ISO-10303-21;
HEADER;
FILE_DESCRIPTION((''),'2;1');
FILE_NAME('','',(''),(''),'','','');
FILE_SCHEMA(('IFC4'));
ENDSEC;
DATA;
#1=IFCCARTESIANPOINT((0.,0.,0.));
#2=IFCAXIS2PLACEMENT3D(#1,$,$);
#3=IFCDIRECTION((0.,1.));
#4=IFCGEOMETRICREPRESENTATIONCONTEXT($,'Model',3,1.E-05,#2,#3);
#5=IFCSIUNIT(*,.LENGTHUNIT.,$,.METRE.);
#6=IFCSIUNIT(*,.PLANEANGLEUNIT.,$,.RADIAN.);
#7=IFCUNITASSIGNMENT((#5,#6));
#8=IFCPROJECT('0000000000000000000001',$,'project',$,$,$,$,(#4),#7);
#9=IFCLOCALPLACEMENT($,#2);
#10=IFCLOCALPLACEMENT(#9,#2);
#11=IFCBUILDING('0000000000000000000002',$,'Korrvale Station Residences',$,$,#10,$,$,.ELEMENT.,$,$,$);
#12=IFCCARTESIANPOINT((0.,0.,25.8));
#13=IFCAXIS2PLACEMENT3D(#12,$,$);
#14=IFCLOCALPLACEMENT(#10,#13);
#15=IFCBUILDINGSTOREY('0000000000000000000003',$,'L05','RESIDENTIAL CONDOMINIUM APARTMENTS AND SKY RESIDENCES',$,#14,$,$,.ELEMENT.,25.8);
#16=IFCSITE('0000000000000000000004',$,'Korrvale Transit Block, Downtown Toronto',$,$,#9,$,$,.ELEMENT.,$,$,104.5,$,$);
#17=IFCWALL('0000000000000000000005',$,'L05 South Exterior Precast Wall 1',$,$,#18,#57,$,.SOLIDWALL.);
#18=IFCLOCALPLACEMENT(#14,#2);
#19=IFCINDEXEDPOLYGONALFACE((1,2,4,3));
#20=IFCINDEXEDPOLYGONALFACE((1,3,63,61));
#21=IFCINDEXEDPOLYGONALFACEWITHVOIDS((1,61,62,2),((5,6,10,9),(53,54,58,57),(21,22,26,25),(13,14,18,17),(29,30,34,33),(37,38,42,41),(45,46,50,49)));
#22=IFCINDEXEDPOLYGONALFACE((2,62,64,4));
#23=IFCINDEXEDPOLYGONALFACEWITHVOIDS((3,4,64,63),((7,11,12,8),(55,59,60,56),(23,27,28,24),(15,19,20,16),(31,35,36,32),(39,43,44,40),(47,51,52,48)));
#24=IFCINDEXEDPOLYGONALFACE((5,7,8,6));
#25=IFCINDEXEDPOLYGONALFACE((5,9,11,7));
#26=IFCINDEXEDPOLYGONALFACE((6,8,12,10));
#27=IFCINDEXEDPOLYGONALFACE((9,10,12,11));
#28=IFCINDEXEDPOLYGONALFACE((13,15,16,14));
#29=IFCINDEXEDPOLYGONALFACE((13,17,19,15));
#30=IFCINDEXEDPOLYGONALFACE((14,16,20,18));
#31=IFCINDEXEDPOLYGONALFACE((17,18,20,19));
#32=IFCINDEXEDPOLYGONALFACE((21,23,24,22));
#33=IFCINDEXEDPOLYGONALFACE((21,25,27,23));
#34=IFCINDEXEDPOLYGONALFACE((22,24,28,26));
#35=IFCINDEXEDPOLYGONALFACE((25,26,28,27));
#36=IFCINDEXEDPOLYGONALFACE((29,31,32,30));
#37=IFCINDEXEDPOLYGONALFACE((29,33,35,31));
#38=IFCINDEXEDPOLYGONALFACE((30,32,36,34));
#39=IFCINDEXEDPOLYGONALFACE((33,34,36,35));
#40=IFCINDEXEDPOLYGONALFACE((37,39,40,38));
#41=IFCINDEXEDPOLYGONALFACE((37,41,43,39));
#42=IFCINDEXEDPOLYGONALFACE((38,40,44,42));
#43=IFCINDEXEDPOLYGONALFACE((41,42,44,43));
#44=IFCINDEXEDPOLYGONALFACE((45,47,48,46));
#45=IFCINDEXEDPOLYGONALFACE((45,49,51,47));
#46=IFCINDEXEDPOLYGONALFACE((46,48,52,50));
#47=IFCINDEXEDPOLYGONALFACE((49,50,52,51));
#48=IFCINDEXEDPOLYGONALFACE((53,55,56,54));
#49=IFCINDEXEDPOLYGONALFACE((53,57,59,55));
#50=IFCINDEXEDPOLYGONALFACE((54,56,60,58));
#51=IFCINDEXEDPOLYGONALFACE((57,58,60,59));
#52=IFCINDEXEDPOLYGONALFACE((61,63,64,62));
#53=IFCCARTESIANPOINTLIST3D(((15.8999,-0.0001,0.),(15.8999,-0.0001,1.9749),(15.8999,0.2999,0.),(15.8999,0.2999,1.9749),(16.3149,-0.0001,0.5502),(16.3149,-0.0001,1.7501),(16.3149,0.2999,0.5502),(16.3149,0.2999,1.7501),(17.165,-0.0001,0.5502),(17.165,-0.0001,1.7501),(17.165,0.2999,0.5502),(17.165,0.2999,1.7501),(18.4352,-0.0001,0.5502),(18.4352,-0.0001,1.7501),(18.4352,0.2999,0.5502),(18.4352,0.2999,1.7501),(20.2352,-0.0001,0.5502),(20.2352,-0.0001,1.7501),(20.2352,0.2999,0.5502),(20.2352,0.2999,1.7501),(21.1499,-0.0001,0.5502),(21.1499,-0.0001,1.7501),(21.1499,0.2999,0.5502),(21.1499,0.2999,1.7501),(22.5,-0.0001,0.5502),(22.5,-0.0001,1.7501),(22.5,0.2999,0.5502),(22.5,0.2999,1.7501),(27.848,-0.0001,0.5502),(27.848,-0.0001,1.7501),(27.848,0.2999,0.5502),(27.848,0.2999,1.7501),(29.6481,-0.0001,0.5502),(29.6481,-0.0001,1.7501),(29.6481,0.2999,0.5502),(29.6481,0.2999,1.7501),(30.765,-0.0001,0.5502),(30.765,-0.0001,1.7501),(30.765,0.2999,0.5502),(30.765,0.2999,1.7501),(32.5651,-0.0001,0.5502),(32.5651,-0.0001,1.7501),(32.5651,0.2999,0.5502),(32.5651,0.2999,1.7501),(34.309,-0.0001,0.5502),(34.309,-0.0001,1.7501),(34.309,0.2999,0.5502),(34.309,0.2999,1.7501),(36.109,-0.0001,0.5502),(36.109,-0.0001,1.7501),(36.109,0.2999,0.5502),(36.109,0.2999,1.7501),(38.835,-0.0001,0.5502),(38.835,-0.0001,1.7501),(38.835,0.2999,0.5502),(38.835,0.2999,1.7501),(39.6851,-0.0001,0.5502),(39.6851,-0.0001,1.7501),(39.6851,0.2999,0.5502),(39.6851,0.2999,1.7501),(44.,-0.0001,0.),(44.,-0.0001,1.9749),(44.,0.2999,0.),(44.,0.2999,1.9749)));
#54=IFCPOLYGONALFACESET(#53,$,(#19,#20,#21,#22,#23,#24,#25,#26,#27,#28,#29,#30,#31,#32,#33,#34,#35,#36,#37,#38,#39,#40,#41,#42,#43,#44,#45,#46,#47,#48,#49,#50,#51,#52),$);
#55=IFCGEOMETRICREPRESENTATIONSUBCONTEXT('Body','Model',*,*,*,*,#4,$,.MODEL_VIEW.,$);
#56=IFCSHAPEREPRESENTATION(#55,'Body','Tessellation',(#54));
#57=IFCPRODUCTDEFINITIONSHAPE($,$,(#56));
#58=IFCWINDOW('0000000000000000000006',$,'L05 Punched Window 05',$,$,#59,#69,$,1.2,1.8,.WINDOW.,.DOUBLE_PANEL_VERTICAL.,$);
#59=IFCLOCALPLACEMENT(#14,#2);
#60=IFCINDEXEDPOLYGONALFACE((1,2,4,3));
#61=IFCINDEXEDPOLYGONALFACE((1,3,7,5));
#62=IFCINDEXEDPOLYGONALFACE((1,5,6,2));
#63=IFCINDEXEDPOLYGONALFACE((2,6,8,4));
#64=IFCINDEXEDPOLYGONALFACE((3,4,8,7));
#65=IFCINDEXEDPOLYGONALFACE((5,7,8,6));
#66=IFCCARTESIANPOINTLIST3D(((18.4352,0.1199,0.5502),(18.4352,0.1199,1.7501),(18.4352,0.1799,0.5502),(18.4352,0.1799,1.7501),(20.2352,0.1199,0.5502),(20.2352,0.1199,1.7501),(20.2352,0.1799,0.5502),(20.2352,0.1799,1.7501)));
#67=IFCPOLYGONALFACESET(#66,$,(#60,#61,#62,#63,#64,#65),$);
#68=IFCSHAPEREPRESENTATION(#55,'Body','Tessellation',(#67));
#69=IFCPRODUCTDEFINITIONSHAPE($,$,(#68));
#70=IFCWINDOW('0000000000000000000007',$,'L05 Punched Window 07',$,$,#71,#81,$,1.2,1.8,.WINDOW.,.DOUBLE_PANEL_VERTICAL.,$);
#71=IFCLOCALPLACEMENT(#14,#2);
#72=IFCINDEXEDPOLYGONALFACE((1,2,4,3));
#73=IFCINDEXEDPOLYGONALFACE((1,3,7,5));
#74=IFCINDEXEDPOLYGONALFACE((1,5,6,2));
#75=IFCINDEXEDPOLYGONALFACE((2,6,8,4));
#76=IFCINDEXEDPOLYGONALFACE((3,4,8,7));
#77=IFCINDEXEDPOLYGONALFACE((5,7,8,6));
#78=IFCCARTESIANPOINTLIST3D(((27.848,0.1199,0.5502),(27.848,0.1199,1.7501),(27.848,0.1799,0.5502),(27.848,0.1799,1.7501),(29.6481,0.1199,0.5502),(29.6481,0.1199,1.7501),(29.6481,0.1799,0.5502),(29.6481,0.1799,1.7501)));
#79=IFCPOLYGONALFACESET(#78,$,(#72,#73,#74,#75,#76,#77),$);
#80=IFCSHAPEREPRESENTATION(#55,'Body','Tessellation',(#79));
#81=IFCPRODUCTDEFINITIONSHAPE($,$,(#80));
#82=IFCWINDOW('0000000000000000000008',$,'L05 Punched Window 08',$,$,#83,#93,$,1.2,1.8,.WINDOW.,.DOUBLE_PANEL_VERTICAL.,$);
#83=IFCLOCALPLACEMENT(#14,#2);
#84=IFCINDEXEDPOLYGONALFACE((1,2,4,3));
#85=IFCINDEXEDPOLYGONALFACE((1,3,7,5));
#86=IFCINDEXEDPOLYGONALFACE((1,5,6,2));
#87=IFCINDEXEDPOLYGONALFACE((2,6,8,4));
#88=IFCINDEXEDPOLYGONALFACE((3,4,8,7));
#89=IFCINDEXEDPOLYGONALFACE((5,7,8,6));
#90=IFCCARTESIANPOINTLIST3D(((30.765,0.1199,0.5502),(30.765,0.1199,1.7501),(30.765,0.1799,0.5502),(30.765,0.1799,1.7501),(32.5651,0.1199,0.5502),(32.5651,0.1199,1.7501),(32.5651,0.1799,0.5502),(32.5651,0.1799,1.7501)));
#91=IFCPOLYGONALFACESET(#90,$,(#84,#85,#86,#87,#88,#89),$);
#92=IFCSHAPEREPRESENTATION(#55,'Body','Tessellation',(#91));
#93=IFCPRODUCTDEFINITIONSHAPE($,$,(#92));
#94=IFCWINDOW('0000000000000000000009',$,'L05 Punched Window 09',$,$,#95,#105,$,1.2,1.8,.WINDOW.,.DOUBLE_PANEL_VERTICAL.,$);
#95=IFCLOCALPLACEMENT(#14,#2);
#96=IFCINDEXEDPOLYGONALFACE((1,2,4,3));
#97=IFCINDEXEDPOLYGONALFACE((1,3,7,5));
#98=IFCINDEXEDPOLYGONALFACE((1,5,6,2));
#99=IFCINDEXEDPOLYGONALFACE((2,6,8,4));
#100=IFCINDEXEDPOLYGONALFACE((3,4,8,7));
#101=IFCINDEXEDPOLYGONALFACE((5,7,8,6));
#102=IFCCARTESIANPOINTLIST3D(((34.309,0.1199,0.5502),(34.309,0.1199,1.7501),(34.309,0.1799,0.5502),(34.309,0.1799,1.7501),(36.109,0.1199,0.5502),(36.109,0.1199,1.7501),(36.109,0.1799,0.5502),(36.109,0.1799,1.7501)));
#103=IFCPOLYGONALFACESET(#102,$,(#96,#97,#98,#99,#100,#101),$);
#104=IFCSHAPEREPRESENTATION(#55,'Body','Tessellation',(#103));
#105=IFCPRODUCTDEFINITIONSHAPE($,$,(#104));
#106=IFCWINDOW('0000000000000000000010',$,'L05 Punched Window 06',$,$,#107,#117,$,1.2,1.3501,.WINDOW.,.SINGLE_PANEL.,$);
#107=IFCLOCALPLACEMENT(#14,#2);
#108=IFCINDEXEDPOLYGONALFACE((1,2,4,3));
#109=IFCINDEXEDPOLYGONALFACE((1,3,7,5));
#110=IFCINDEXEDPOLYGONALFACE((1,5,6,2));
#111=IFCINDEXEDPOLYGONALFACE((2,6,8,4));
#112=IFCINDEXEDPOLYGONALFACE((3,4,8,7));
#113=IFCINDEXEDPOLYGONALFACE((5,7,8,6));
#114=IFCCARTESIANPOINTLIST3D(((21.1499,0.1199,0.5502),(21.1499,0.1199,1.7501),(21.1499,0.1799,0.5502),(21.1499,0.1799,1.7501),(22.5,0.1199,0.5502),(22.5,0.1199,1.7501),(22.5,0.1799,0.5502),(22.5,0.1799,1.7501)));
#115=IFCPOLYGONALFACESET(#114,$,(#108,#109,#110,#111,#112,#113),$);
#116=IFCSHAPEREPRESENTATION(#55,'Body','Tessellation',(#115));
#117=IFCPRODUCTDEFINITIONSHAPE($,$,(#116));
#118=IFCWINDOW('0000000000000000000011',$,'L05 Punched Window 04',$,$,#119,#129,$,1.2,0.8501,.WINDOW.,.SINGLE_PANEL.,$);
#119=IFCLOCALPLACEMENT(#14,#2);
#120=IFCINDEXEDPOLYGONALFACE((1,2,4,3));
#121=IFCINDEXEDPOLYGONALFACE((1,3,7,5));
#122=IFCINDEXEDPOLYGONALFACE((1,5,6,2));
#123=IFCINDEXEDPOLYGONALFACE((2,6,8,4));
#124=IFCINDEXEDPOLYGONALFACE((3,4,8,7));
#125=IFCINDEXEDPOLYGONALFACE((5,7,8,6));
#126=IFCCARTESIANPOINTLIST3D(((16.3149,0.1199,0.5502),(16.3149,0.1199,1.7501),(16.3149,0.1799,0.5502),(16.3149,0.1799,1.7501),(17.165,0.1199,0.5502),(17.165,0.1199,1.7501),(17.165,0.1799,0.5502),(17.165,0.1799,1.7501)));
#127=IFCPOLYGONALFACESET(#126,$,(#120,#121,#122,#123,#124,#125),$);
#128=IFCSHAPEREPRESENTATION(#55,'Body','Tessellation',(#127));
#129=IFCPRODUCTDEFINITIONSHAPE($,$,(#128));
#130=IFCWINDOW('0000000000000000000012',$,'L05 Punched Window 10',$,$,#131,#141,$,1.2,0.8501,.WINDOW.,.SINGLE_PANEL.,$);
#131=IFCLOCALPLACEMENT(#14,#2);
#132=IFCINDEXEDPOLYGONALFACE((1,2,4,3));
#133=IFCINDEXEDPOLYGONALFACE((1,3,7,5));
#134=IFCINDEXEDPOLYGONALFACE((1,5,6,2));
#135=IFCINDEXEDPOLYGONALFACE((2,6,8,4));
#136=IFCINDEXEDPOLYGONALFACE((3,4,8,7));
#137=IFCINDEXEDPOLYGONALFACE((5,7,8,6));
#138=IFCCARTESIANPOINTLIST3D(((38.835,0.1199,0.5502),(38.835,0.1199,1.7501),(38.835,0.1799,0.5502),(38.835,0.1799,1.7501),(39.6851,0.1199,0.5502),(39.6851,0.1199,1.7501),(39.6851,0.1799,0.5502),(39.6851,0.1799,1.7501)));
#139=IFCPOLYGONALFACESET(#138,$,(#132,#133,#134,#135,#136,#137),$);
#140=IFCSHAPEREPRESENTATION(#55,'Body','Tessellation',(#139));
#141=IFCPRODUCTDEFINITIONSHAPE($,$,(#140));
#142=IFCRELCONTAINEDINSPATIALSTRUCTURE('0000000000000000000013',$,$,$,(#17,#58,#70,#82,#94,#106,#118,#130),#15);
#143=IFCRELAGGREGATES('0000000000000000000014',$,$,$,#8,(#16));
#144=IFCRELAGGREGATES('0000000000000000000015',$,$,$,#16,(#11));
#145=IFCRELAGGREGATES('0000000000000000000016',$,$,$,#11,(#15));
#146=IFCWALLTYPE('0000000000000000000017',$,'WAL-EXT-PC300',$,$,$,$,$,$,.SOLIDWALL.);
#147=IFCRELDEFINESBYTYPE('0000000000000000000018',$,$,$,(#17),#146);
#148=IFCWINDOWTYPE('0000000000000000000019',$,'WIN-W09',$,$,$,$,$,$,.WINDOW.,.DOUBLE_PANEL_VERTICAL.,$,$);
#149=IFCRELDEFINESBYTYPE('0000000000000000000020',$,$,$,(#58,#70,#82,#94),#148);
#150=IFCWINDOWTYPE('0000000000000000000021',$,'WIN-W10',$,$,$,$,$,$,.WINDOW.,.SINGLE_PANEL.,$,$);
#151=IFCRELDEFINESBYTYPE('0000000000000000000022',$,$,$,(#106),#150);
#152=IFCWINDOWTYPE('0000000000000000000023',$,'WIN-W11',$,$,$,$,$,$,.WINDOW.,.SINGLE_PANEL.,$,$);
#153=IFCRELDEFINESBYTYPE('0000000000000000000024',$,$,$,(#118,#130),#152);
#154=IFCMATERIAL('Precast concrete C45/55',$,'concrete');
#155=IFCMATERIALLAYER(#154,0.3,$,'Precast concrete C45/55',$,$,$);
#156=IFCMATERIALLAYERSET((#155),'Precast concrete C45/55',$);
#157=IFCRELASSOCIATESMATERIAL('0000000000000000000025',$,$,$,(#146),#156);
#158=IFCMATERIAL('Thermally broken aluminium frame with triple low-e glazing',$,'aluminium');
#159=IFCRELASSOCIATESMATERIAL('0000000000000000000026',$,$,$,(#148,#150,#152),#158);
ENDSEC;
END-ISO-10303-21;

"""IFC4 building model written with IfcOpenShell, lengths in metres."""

from ifc_helpers import new_model, si_unit, direction, frame, frame_2d, origin, place, context, subcontext, project, spatial, rectangle, extrude, material, layer, layer_set, type_object, element, fill, save


model = new_model("IFC4")

# Units and contexts
model_context = context("Model", 3, precision=1e-05, world=origin(), true_north=direction((0.0, 1.0)))
body_context = subcontext(model_context, "Body", "Model", "MODEL_VIEW")
ifc_project = project(units=[si_unit("LENGTHUNIT", "METRE"), si_unit("PLANEANGLEUNIT", "RADIAN")], contexts=[model_context])

# Site, building, storey
site_placement = place(None, origin())
site = spatial("IfcSite", under=ifc_project, at=site_placement, Name="Korrvale Transit Block, Downtown Toronto", CompositionType="ELEMENT", RefElevation=104.5)
building_placement = place(site_placement, origin())
building = spatial("IfcBuilding", under=site, at=building_placement, Name="Korrvale Station Residences", CompositionType="ELEMENT")
storey_placement = place(building_placement, frame((0.0, 0.0, 25.8)))
storey = spatial("IfcBuildingStorey", under=building, at=storey_placement, Name="L05", Description="RESIDENTIAL CONDOMINIUM APARTMENTS AND SKY RESIDENCES", CompositionType="ELEMENT", Elevation=25.8)

# Wall, openings, windows
ifc_material_1 = material(Name="Precast concrete C45/55", Category="concrete")
ifc_layer_1 = layer(ifc_material_1, 0.3, Name="Precast concrete C45/55")
ifc_layer_set_1 = layer_set([ifc_layer_1], Name="Precast concrete C45/55")
wall_type_1 = type_object("IfcWallType", Name="WAL-EXT-PC300", PredefinedType="SOLIDWALL", material=ifc_layer_set_1)
wall_1_placement = place(storey_placement, frame((44.0, 0.1499, 0.0), z_axis=(0.0, 0.0, 1.0), x_axis=(-1.0, 0.0, 0.0)))
wall_1 = element("IfcWall", 1, at=wall_1_placement, inside=storey, type_object=wall_type_1, Name="L05 South Exterior Precast Wall 1", PredefinedType="SOLIDWALL", context=body_context, shape_type="SweptSolid", body=[
    extrude(rectangle(XDim=28.1001, YDim=0.3, at=frame_2d((14.05, 0.0))), origin(), (0.0, 0.0, 1.0), 1.9749),
])
opening_1_placement = place(wall_1_placement, frame((26.835, 0.0, 0.55)))
opening_1 = element("IfcOpeningElement", 2, at=opening_1_placement, cuts=wall_1, PredefinedType="OPENING", context=body_context, shape_type="SweptSolid", body=[
    extrude(rectangle(XDim=0.8501, YDim=1.2, at=frame_2d((0.425, 0.6001))), frame((0.0, 0.1602, 0.0), z_axis=(0.0, -1.0, 0.0), x_axis=(1.0, 0.0, 0.0)), (0.0, 0.0, 1.0), 0.3201),
])
opening_2_placement = place(wall_1_placement, frame((23.7649, 0.0, 0.55)))
opening_2 = element("IfcOpeningElement", 3, at=opening_2_placement, cuts=wall_1, PredefinedType="OPENING", context=body_context, shape_type="SweptSolid", body=[
    extrude(rectangle(XDim=1.8, YDim=1.2, at=frame_2d((0.8999, 0.6001))), frame((0.0, 0.1602, 0.0), z_axis=(0.0, -1.0, 0.0), x_axis=(1.0, 0.0, 0.0)), (0.0, 0.0, 1.0), 0.3201),
])
opening_3_placement = place(wall_1_placement, frame((21.5, 0.0, 0.55)))
opening_3 = element("IfcOpeningElement", 4, at=opening_3_placement, cuts=wall_1, PredefinedType="OPENING", context=body_context, shape_type="SweptSolid", body=[
    extrude(rectangle(XDim=1.3501, YDim=1.2, at=frame_2d((0.675, 0.6001))), frame((0.0, 0.1602, 0.0), z_axis=(0.0, -1.0, 0.0), x_axis=(1.0, 0.0, 0.0)), (0.0, 0.0, 1.0), 0.3201),
])
opening_4_placement = place(wall_1_placement, frame((14.3521, 0.0, 0.55)))
opening_4 = element("IfcOpeningElement", 5, at=opening_4_placement, cuts=wall_1, PredefinedType="OPENING", context=body_context, shape_type="SweptSolid", body=[
    extrude(rectangle(XDim=1.8, YDim=1.2, at=frame_2d((0.8999, 0.6001))), frame((0.0, 0.1602, 0.0), z_axis=(0.0, -1.0, 0.0), x_axis=(1.0, 0.0, 0.0)), (0.0, 0.0, 1.0), 0.3201),
])
opening_5_placement = place(wall_1_placement, frame((11.4351, 0.0, 0.55)))
opening_5 = element("IfcOpeningElement", 6, at=opening_5_placement, cuts=wall_1, PredefinedType="OPENING", context=body_context, shape_type="SweptSolid", body=[
    extrude(rectangle(XDim=1.8, YDim=1.2, at=frame_2d((0.8999, 0.6001))), frame((0.0, 0.1602, 0.0), z_axis=(0.0, -1.0, 0.0), x_axis=(1.0, 0.0, 0.0)), (0.0, 0.0, 1.0), 0.3201),
])
opening_6_placement = place(wall_1_placement, frame((7.8911, 0.0, 0.55)))
opening_6 = element("IfcOpeningElement", 7, at=opening_6_placement, cuts=wall_1, PredefinedType="OPENING", context=body_context, shape_type="SweptSolid", body=[
    extrude(rectangle(XDim=1.8, YDim=1.2, at=frame_2d((0.8999, 0.6001))), frame((0.0, 0.1602, 0.0), z_axis=(0.0, -1.0, 0.0), x_axis=(1.0, 0.0, 0.0)), (0.0, 0.0, 1.0), 0.3201),
])
opening_7_placement = place(wall_1_placement, frame((4.3149, 0.0, 0.55)))
opening_7 = element("IfcOpeningElement", 8, at=opening_7_placement, cuts=wall_1, PredefinedType="OPENING", context=body_context, shape_type="SweptSolid", body=[
    extrude(rectangle(XDim=0.8501, YDim=1.2, at=frame_2d((0.425, 0.6001))), frame((0.0, 0.1602, 0.0), z_axis=(0.0, -1.0, 0.0), x_axis=(1.0, 0.0, 0.0)), (0.0, 0.0, 1.0), 0.3201),
])
ifc_material_2 = material(Name="Thermally broken aluminium frame with triple low-e glazing", Category="aluminium")
window_type_1 = type_object("IfcWindowType", Name="WIN-W09", PartitioningType="DOUBLE_PANEL_VERTICAL", PredefinedType="WINDOW", material=ifc_material_2)
window_1_placement = place(opening_2_placement, origin())
window_1 = element("IfcWindow", 9, at=window_1_placement, inside=storey, type_object=window_type_1, Name="L05 Punched Window 05", OverallHeight=1.2, OverallWidth=1.8, PartitioningType="DOUBLE_PANEL_VERTICAL", PredefinedType="WINDOW", context=body_context, shape_type="SweptSolid", body=[
    extrude(rectangle(XDim=1.8, YDim=1.2, at=frame_2d((0.8999, 0.6001))), frame((0.0, 0.03, 0.0), z_axis=(0.0, -1.0, 0.0), x_axis=(1.0, 0.0, 0.0)), (0.0, 0.0, 1.0), 0.0601),
])
fill(opening_2, window_1)
window_2_placement = place(opening_4_placement, origin())
window_2 = element("IfcWindow", 10, at=window_2_placement, inside=storey, type_object=window_type_1, Name="L05 Punched Window 07", OverallHeight=1.2, OverallWidth=1.8, PartitioningType="DOUBLE_PANEL_VERTICAL", PredefinedType="WINDOW", context=body_context, shape_type="SweptSolid", body=[
    extrude(rectangle(XDim=1.8, YDim=1.2, at=frame_2d((0.8999, 0.6001))), frame((0.0, 0.03, 0.0), z_axis=(0.0, -1.0, 0.0), x_axis=(1.0, 0.0, 0.0)), (0.0, 0.0, 1.0), 0.0601),
])
fill(opening_4, window_2)
window_3_placement = place(opening_5_placement, origin())
window_3 = element("IfcWindow", 11, at=window_3_placement, inside=storey, type_object=window_type_1, Name="L05 Punched Window 08", OverallHeight=1.2, OverallWidth=1.8, PartitioningType="DOUBLE_PANEL_VERTICAL", PredefinedType="WINDOW", context=body_context, shape_type="SweptSolid", body=[
    extrude(rectangle(XDim=1.8, YDim=1.2, at=frame_2d((0.8999, 0.6001))), frame((0.0, 0.03, 0.0), z_axis=(0.0, -1.0, 0.0), x_axis=(1.0, 0.0, 0.0)), (0.0, 0.0, 1.0), 0.0601),
])
fill(opening_5, window_3)
window_4_placement = place(opening_6_placement, origin())
window_4 = element("IfcWindow", 12, at=window_4_placement, inside=storey, type_object=window_type_1, Name="L05 Punched Window 09", OverallHeight=1.2, OverallWidth=1.8, PartitioningType="DOUBLE_PANEL_VERTICAL", PredefinedType="WINDOW", context=body_context, shape_type="SweptSolid", body=[
    extrude(rectangle(XDim=1.8, YDim=1.2, at=frame_2d((0.8999, 0.6001))), frame((0.0, 0.03, 0.0), z_axis=(0.0, -1.0, 0.0), x_axis=(1.0, 0.0, 0.0)), (0.0, 0.0, 1.0), 0.0601),
])
fill(opening_6, window_4)
window_type_2 = type_object("IfcWindowType", Name="WIN-W10", PartitioningType="SINGLE_PANEL", PredefinedType="WINDOW", material=ifc_material_2)
window_5_placement = place(opening_3_placement, origin())
window_5 = element("IfcWindow", 13, at=window_5_placement, inside=storey, type_object=window_type_2, Name="L05 Punched Window 06", OverallHeight=1.2, OverallWidth=1.3501, PartitioningType="SINGLE_PANEL", PredefinedType="WINDOW", context=body_context, shape_type="SweptSolid", body=[
    extrude(rectangle(XDim=1.3501, YDim=1.2, at=frame_2d((0.675, 0.6001))), frame((0.0, 0.03, 0.0), z_axis=(0.0, -1.0, 0.0), x_axis=(1.0, 0.0, 0.0)), (0.0, 0.0, 1.0), 0.0601),
])
fill(opening_3, window_5)
window_type_3 = type_object("IfcWindowType", Name="WIN-W11", PartitioningType="SINGLE_PANEL", PredefinedType="WINDOW", material=ifc_material_2)
window_6_placement = place(opening_1_placement, origin())
window_6 = element("IfcWindow", 14, at=window_6_placement, inside=storey, type_object=window_type_3, Name="L05 Punched Window 04", OverallHeight=1.2, OverallWidth=0.8501, PartitioningType="SINGLE_PANEL", PredefinedType="WINDOW", context=body_context, shape_type="SweptSolid", body=[
    extrude(rectangle(XDim=0.8501, YDim=1.2, at=frame_2d((0.425, 0.6001))), frame((0.0, 0.03, 0.0), z_axis=(0.0, -1.0, 0.0), x_axis=(1.0, 0.0, 0.0)), (0.0, 0.0, 1.0), 0.0601),
])
fill(opening_1, window_6)
window_7_placement = place(opening_7_placement, origin())
window_7 = element("IfcWindow", 15, at=window_7_placement, inside=storey, type_object=window_type_3, Name="L05 Punched Window 10", OverallHeight=1.2, OverallWidth=0.8501, PartitioningType="SINGLE_PANEL", PredefinedType="WINDOW", context=body_context, shape_type="SweptSolid", body=[
    extrude(rectangle(XDim=0.8501, YDim=1.2, at=frame_2d((0.425, 0.6001))), frame((0.0, 0.03, 0.0), z_axis=(0.0, -1.0, 0.0), x_axis=(1.0, 0.0, 0.0)), (0.0, 0.0, 1.0), 0.0601),
])
fill(opening_7, window_7)

save(model, "model.ifc")
